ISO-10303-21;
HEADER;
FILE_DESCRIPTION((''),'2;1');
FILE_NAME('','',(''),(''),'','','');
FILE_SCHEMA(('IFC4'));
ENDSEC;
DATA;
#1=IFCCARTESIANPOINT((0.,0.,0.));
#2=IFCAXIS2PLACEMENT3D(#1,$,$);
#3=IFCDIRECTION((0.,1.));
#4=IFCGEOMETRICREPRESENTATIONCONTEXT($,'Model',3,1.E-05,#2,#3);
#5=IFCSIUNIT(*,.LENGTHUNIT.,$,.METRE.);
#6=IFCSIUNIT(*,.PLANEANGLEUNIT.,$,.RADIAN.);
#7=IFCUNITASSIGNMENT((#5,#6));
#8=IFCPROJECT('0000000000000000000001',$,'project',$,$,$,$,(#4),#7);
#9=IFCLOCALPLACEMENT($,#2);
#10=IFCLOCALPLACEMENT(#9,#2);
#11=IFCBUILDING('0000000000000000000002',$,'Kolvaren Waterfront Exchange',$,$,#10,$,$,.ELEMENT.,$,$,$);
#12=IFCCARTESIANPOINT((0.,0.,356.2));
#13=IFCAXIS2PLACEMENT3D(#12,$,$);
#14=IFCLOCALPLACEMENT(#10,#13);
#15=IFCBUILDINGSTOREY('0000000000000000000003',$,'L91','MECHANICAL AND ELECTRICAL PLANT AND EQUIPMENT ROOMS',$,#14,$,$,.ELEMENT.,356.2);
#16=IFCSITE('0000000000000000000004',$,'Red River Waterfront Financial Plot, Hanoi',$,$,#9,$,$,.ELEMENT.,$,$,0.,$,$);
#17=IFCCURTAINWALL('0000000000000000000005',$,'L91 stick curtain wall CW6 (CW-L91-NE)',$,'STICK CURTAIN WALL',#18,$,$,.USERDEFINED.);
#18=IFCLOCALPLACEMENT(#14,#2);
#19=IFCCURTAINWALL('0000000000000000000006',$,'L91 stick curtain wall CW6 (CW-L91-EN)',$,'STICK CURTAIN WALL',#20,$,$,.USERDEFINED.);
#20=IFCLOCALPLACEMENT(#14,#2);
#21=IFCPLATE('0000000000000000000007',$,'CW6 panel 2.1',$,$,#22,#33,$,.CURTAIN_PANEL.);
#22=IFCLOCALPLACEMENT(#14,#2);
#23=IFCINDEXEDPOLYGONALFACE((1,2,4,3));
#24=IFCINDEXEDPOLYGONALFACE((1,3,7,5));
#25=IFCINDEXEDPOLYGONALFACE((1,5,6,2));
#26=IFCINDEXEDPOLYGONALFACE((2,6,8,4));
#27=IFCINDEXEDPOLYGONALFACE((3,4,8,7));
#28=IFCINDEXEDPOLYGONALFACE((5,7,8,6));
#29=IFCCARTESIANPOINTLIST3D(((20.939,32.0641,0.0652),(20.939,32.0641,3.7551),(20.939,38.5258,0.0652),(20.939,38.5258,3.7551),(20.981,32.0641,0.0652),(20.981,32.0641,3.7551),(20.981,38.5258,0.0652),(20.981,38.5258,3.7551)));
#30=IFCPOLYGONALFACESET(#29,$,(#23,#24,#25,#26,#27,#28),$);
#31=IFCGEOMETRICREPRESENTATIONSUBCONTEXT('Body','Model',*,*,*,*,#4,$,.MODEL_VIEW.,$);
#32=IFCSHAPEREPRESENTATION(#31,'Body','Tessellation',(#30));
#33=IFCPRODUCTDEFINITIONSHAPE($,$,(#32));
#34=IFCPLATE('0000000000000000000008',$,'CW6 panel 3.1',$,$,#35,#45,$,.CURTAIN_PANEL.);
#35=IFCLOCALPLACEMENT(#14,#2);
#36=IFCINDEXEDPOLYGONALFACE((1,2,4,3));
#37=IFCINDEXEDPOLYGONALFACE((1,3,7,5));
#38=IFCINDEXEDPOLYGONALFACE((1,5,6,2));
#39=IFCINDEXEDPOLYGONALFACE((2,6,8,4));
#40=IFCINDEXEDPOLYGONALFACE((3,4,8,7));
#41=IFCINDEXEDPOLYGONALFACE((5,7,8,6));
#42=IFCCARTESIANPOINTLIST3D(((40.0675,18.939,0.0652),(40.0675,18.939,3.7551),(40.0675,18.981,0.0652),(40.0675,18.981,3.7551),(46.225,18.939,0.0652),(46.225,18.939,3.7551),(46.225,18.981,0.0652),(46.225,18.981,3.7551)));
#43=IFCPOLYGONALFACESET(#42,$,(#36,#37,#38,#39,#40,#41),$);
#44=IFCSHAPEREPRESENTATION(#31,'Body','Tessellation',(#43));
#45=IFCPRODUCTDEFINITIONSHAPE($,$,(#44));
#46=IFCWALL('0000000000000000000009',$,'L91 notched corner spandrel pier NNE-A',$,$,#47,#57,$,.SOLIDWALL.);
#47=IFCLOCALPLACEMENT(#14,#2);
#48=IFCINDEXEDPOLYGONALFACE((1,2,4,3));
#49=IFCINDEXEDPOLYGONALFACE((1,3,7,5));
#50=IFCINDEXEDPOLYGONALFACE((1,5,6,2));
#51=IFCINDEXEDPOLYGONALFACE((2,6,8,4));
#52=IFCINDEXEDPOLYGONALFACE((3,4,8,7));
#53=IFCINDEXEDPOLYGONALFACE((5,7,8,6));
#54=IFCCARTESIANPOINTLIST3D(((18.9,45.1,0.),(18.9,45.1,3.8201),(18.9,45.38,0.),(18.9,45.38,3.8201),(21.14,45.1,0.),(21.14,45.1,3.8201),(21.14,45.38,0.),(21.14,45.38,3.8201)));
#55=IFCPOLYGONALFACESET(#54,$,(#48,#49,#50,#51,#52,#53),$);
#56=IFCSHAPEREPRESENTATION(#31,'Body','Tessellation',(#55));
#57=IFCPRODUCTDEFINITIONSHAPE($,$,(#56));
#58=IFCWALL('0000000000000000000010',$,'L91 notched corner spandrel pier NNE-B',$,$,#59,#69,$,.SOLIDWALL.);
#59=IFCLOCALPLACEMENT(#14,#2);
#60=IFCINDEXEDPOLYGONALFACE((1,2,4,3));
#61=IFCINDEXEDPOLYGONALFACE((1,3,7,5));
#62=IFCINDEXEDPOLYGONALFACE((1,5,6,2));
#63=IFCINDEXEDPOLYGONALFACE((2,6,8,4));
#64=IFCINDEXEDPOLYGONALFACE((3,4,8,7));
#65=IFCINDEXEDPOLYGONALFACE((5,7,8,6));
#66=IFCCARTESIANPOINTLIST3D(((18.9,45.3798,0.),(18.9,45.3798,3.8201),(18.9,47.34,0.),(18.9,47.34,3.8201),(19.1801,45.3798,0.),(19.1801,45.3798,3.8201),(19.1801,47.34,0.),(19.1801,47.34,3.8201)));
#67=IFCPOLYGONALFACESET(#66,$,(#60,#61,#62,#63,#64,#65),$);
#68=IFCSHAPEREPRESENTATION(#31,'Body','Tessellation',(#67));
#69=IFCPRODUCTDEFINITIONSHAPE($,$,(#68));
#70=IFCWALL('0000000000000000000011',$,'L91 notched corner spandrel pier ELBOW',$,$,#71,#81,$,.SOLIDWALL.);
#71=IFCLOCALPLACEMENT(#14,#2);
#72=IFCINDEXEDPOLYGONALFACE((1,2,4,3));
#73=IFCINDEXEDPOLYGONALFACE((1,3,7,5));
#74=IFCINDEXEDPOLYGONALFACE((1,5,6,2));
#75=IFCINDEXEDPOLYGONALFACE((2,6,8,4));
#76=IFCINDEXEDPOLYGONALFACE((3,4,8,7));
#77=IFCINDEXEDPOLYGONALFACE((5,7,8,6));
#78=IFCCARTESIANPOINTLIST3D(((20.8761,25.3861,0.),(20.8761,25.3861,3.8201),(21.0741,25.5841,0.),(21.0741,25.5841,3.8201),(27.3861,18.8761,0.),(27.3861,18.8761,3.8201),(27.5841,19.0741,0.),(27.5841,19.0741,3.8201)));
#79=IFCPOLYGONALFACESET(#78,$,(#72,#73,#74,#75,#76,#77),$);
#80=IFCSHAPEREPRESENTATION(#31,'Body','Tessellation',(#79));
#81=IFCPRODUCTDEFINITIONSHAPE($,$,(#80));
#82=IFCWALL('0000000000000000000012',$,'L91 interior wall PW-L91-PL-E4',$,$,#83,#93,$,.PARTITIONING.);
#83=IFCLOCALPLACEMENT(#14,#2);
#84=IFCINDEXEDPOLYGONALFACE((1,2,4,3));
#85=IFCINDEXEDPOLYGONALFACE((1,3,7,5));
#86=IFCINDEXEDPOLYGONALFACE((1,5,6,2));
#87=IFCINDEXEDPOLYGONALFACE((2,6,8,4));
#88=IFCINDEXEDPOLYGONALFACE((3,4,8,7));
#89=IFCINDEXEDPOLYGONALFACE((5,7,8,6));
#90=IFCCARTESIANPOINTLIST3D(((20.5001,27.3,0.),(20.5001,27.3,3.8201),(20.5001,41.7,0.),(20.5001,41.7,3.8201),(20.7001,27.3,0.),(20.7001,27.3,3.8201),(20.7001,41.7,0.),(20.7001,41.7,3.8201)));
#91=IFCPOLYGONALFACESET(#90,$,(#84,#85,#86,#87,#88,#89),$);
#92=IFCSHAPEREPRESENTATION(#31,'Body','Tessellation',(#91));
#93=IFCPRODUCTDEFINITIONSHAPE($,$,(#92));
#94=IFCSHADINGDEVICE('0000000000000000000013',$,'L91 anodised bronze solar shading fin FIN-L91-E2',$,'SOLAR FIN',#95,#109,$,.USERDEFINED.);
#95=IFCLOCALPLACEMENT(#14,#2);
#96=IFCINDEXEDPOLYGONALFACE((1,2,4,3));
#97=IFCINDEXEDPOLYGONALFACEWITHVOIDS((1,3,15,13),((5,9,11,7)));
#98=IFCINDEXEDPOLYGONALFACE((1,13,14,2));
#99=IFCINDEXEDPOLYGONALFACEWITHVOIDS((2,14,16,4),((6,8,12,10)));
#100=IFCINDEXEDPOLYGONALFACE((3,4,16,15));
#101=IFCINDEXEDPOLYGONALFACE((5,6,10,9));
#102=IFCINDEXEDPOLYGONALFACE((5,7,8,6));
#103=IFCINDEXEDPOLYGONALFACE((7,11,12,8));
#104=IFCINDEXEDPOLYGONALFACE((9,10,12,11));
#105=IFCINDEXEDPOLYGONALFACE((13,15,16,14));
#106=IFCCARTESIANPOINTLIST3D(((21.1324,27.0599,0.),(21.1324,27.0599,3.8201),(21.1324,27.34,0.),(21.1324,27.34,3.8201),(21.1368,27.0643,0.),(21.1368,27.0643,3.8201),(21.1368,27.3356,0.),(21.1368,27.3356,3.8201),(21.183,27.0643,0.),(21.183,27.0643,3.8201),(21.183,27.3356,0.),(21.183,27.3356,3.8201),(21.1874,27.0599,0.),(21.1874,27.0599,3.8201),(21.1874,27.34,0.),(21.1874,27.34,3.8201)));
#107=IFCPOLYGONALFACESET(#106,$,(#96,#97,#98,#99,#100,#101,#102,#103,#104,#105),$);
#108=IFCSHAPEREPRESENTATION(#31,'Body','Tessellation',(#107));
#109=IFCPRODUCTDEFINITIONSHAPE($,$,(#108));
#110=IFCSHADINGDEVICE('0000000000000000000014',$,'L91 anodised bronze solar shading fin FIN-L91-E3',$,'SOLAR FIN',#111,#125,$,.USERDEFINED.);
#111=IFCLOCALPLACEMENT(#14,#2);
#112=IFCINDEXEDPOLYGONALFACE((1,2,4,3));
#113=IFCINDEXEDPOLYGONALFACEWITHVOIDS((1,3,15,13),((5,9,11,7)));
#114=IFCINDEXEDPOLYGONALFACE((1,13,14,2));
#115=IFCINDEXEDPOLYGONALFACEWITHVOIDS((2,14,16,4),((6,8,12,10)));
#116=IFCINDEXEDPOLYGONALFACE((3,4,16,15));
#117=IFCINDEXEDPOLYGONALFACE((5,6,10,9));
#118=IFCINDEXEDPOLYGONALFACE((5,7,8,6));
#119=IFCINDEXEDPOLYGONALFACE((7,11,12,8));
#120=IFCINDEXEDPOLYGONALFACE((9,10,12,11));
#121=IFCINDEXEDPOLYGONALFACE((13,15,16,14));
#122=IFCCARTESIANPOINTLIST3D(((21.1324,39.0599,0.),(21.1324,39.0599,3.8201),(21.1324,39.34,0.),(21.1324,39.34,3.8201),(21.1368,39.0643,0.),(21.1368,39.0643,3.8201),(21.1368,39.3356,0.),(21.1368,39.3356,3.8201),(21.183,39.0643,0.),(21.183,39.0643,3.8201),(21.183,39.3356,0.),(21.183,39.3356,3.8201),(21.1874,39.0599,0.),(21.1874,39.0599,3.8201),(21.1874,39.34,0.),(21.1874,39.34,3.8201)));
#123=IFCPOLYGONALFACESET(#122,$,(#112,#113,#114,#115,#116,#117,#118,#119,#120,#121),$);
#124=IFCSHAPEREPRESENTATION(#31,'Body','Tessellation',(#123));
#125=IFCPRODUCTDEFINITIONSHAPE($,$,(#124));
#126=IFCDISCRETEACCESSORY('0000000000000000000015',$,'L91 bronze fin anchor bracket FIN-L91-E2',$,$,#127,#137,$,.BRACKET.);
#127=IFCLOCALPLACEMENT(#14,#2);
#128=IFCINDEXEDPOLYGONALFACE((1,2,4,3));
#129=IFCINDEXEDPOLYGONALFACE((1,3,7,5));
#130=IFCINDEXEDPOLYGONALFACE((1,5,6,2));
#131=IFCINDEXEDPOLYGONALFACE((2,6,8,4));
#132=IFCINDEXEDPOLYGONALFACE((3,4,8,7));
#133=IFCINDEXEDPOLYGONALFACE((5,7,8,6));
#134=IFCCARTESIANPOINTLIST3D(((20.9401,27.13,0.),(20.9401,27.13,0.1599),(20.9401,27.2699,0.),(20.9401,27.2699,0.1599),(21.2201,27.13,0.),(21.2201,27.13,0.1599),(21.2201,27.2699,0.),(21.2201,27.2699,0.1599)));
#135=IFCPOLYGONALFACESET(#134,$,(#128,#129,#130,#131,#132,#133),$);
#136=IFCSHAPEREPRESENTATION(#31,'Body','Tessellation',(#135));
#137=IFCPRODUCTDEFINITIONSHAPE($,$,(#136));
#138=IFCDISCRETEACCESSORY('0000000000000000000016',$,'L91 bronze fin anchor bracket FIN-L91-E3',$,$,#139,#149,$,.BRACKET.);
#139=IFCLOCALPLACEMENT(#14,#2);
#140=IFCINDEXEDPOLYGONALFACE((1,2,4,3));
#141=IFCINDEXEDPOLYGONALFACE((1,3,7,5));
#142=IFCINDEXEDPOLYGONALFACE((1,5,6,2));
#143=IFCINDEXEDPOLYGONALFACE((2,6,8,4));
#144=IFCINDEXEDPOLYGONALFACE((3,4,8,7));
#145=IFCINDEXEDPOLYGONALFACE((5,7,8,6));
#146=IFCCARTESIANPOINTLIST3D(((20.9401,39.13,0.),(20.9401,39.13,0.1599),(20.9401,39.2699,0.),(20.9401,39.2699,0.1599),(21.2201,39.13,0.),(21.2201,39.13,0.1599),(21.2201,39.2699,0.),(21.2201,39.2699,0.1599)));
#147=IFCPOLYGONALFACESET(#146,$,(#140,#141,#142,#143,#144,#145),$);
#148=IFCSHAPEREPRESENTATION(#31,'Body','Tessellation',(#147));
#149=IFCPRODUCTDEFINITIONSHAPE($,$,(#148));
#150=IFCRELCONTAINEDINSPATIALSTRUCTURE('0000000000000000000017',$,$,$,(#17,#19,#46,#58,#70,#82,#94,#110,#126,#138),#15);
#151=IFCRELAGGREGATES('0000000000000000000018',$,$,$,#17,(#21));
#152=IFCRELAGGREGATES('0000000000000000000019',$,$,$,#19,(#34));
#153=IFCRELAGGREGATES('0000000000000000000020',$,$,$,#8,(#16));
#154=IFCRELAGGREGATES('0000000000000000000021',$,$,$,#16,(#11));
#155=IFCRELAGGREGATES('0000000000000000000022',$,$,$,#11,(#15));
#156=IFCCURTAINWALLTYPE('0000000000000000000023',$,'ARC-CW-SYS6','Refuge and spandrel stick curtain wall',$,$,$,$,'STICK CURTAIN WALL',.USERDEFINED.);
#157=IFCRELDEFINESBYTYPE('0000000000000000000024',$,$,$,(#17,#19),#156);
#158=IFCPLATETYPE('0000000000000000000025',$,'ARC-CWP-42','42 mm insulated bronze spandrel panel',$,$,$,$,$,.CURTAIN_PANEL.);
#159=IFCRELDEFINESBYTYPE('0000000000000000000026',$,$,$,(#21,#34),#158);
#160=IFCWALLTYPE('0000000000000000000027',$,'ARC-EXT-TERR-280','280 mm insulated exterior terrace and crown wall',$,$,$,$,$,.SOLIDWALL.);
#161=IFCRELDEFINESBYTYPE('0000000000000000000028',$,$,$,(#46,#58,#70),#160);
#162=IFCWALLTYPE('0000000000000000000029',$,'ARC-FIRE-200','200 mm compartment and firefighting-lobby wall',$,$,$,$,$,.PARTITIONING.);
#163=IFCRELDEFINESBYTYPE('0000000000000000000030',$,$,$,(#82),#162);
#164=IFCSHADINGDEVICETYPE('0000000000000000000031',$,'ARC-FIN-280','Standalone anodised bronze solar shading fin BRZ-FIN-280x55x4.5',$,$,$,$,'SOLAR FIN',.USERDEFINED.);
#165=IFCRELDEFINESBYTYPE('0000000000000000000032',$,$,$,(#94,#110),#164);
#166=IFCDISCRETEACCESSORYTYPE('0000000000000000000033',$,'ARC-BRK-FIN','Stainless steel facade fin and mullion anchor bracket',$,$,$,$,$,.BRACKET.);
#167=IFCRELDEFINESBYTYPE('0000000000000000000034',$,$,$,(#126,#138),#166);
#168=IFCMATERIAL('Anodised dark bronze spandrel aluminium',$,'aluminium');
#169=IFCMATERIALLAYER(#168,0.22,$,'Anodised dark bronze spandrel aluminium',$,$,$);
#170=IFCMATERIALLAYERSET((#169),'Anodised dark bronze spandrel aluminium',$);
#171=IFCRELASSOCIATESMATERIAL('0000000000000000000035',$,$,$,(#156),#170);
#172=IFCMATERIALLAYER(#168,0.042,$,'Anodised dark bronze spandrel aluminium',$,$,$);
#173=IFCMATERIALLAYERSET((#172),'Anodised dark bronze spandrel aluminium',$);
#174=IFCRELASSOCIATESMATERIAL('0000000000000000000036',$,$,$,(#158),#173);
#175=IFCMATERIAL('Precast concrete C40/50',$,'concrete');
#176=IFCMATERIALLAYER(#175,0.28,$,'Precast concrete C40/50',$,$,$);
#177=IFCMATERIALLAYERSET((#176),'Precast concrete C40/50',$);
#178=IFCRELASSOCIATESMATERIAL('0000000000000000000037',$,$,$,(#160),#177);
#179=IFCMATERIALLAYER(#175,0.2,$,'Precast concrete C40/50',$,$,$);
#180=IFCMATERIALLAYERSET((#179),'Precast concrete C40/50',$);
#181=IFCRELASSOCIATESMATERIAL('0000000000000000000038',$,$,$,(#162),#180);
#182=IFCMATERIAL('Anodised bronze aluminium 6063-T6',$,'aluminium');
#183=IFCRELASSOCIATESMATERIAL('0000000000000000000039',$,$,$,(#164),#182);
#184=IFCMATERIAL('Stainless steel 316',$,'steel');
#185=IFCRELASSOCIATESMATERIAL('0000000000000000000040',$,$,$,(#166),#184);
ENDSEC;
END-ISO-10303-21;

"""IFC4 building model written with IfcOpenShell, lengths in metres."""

from ifc_helpers import new_model, si_unit, direction, frame, frame_2d, origin, origin_with_axes, origin_2d, place, context, subcontext, project, spatial, rectangle, hollow_rectangle, extrude, source, transform, mapped, material, layer, layer_set, material_profile, profile_set, type_object, element, aggregate, save


model = new_model("IFC4")

# Units and contexts
model_context = context("Model", 3, precision=1e-05, world=origin(), true_north=direction((0.0, 1.0)))
body_context = subcontext(model_context, "Body", "Model", "MODEL_VIEW")
ifc_project = project(units=[si_unit("LENGTHUNIT", "METRE"), si_unit("PLANEANGLEUNIT", "RADIAN")], contexts=[model_context])

# Site, building, storey
site_placement = place(None, origin())
site = spatial("IfcSite", under=ifc_project, at=site_placement, Name="Red River Waterfront Financial Plot, Hanoi", CompositionType="ELEMENT", RefElevation=0.0)
building_placement = place(site_placement, origin())
building = spatial("IfcBuilding", under=site, at=building_placement, Name="Kolvaren Waterfront Exchange", CompositionType="ELEMENT")
storey_placement = place(building_placement, frame((0.0, 0.0, 356.2)))
storey = spatial("IfcBuildingStorey", under=building, at=storey_placement, Name="L91", Description="MECHANICAL AND ELECTRICAL PLANT AND EQUIPMENT ROOMS", CompositionType="ELEMENT", Elevation=356.2)

# Curtain wall
ifc_material_1 = material(Name="Anodised dark bronze spandrel aluminium", Category="aluminium")
ifc_layer_1 = layer(ifc_material_1, 0.22, Name="Anodised dark bronze spandrel aluminium")
ifc_layer_set_1 = layer_set([ifc_layer_1], Name="Anodised dark bronze spandrel aluminium")
curtain_wall_type = type_object("IfcCurtainWallType", Name="ARC-CW-SYS6", Description="Refuge and spandrel stick curtain wall", ElementType="STICK CURTAIN WALL", PredefinedType="USERDEFINED", material=ifc_layer_set_1)
curtain_wall_1_placement = place(storey_placement, origin())
curtain_wall_1 = element("IfcCurtainWall", 1, at=curtain_wall_1_placement, inside=storey, type_object=curtain_wall_type, Name="L91 stick curtain wall CW6 (CW-L91-NE)", ObjectType="STICK CURTAIN WALL", PredefinedType="USERDEFINED")
ifc_material_2 = material(Name="Anodised bronze aluminium 6063-T6", Category="aluminium")

# Curtain wall
curtain_wall_2_placement = place(storey_placement, origin())
curtain_wall_2 = element("IfcCurtainWall", 2, at=curtain_wall_2_placement, inside=storey, type_object=curtain_wall_type, Name="L91 stick curtain wall CW6 (CW-L91-EN)", ObjectType="STICK CURTAIN WALL", PredefinedType="USERDEFINED")

# Plates
ifc_layer_2 = layer(ifc_material_1, 0.042, Name="Anodised dark bronze spandrel aluminium")
ifc_layer_set_2 = layer_set([ifc_layer_2], Name="Anodised dark bronze spandrel aluminium")
plate_type = type_object("IfcPlateType", Name="ARC-CWP-42", Description="42 mm insulated bronze spandrel panel", PredefinedType="CURTAIN_PANEL", material=ifc_layer_set_2)
shared_shape_1 = source(origin_with_axes(), body_context, "Body", "SweptSolid", [
    extrude(rectangle(XDim=6.4617, YDim=0.042, at=origin_2d()), origin(), (0.0, 0.0, 1.0), 3.6899),
])
plate_1_placement = place(storey_placement, frame((20.96, 35.2949, 0.0652), z_axis=(0.0, 0.0, 1.0), x_axis=(0.0, 1.0, 0.0)))
plate_1 = element("IfcPlate", 3, at=plate_1_placement, type_object=plate_type, Name="CW6 panel 2.1", PredefinedType="CURTAIN_PANEL", context=body_context, shape_type="MappedRepresentation", body=[
    mapped(shared_shape_1, transform((0.0, 0.0, 0.0), x_axis=(1.0, 0.0, 0.0), y_axis=(0.0, 1.0, 0.0), z_axis=(0.0, 0.0, 1.0), scale=1.0)),
])
aggregate(curtain_wall_1, [plate_1])
shared_shape_2 = source(origin_with_axes(), body_context, "Body", "SweptSolid", [
    extrude(rectangle(XDim=6.1575, YDim=0.042, at=origin_2d()), origin(), (0.0, 0.0, 1.0), 3.6899),
])
plate_2_placement = place(storey_placement, frame((43.1462, 18.96, 0.0652), z_axis=(0.0, 0.0, 1.0), x_axis=(1.0, 0.0, 0.0)))
plate_2 = element("IfcPlate", 4, at=plate_2_placement, type_object=plate_type, Name="CW6 panel 3.1", PredefinedType="CURTAIN_PANEL", context=body_context, shape_type="MappedRepresentation", body=[
    mapped(shared_shape_2, transform((0.0, 0.0, 0.0), x_axis=(1.0, 0.0, 0.0), y_axis=(0.0, 1.0, 0.0), z_axis=(0.0, 0.0, 1.0), scale=1.0)),
])
aggregate(curtain_wall_2, [plate_2])

# Walls
ifc_material_3 = material(Name="Precast concrete C40/50", Category="concrete")
ifc_layer_3 = layer(ifc_material_3, 0.28, Name="Precast concrete C40/50")
ifc_layer_set_3 = layer_set([ifc_layer_3], Name="Precast concrete C40/50")
wall_type_1 = type_object("IfcWallType", Name="ARC-EXT-TERR-280", Description="280 mm insulated exterior terrace and crown wall", PredefinedType="SOLIDWALL", material=ifc_layer_set_3)
wall_1_placement = place(storey_placement, frame((18.8999, 45.24, 0.0), z_axis=(0.0, 0.0, 1.0), x_axis=(1.0, 0.0, 0.0)))
element("IfcWall", 5, at=wall_1_placement, inside=storey, type_object=wall_type_1, Name="L91 notched corner spandrel pier NNE-A", PredefinedType="SOLIDWALL", context=body_context, shape_type="SweptSolid", body=[
    extrude(rectangle(XDim=2.24, YDim=0.28, at=frame_2d((1.1201, 0.0))), origin(), (0.0, 0.0, 1.0), 3.8201),
])
wall_2_placement = place(storey_placement, frame((19.04, 45.3799, 0.0), z_axis=(0.0, 0.0, 1.0), x_axis=(0.0, 1.0, 0.0)))
element("IfcWall", 6, at=wall_2_placement, inside=storey, type_object=wall_type_1, Name="L91 notched corner spandrel pier NNE-B", PredefinedType="SOLIDWALL", context=body_context, shape_type="SweptSolid", body=[
    extrude(rectangle(XDim=1.9602, YDim=0.28, at=frame_2d((0.98, 0.0))), origin(), (0.0, 0.0, 1.0), 3.8201),
])
wall_3_placement = place(storey_placement, frame((27.4851, 18.9751, 0.0), z_axis=(0.0, 0.0, 1.0), x_axis=(-0.707107, 0.707107, 0.0)))
element("IfcWall", 7, at=wall_3_placement, inside=storey, type_object=wall_type_1, Name="L91 notched corner spandrel pier ELBOW", PredefinedType="SOLIDWALL", context=body_context, shape_type="SweptSolid", body=[
    extrude(rectangle(XDim=9.2065, YDim=0.28, at=frame_2d((4.6033, 0.0))), origin(), (0.0, 0.0, 1.0), 3.8201),
])
ifc_layer_4 = layer(ifc_material_3, 0.2, Name="Precast concrete C40/50")
ifc_layer_set_4 = layer_set([ifc_layer_4], Name="Precast concrete C40/50")
wall_type_2 = type_object("IfcWallType", Name="ARC-FIRE-200", Description="200 mm compartment and firefighting-lobby wall", PredefinedType="PARTITIONING", material=ifc_layer_set_4)
wall_4_placement = place(storey_placement, frame((20.6001, 27.3, 0.0), z_axis=(0.0, 0.0, 1.0), x_axis=(0.0, 1.0, 0.0)))
element("IfcWall", 8, at=wall_4_placement, inside=storey, type_object=wall_type_2, Name="L91 interior wall PW-L91-PL-E4", PredefinedType="PARTITIONING", context=body_context, shape_type="SweptSolid", body=[
    extrude(rectangle(XDim=14.3999, YDim=0.2, at=frame_2d((7.2, 0.0))), origin(), (0.0, 0.0, 1.0), 3.8201),
])

# Shading devices
ifc_material_profile_1 = material_profile(ifc_material_2, hollow_rectangle(XDim=0.0549, YDim=0.28, WallThickness=0.0044, at=origin_2d()), Name="BRZ-FIN-280x55x4.5")
ifc_profile_set_1 = profile_set([ifc_material_profile_1], Name="Anodised bronze aluminium 6063-T6")
shading_device_type = type_object("IfcShadingDeviceType", Name="ARC-FIN-280", Description="Standalone anodised bronze solar shading fin BRZ-FIN-280x55x4.5", ElementType="SOLAR FIN", PredefinedType="USERDEFINED", material=ifc_profile_set_1)
for number, where, z_axis, x_axis, name in (
    (9, (21.1599, 27.2, 0.0), (0.0, 0.0, 1.0), (1.0, 0.0, 0.0), "L91 anodised bronze solar shading fin FIN-L91-E2"),
    (10, (21.1599, 39.2, 0.0), (0.0, 0.0, 1.0), (1.0, 0.0, 0.0), "L91 anodised bronze solar shading fin FIN-L91-E3"),
):
    element("IfcShadingDevice", number, at=place(storey_placement, frame(where, z_axis=z_axis, x_axis=x_axis)), inside=storey, type_object=shading_device_type, Name=name, ObjectType="SOLAR FIN", PredefinedType="USERDEFINED", context=body_context, shape_type="SweptSolid", body=[
        extrude(hollow_rectangle(XDim=0.0549, YDim=0.28, WallThickness=0.0044, at=origin_2d()), origin(), (0.0, 0.0, 1.0), 3.8201),
    ])

# Discrete accessories
ifc_material_4 = material(Name="Stainless steel 316", Category="steel")
discrete_accessory_type = type_object("IfcDiscreteAccessoryType", Name="ARC-BRK-FIN", Description="Stainless steel facade fin and mullion anchor bracket", PredefinedType="BRACKET", material=ifc_material_4)
shared_shape_3 = source(origin_with_axes(), body_context, "Body", "SweptSolid", [
    extrude(rectangle(XDim=0.28, YDim=0.1399, at=origin_2d()), origin(), (0.0, 0.0, 1.0), 0.1599),
])
for number, where, z_axis, x_axis, name in (
    (11, (21.0801, 27.2, 0.0), (0.0, 0.0, 1.0), (1.0, 0.0, 0.0), "L91 bronze fin anchor bracket FIN-L91-E2"),
    (12, (21.0801, 39.2, 0.0), (0.0, 0.0, 1.0), (1.0, 0.0, 0.0), "L91 bronze fin anchor bracket FIN-L91-E3"),
):
    element("IfcDiscreteAccessory", number, at=place(storey_placement, frame(where, z_axis=z_axis, x_axis=x_axis)), inside=storey, type_object=discrete_accessory_type, Name=name, PredefinedType="BRACKET", context=body_context, shape_type="MappedRepresentation", body=[
        mapped(shared_shape_3, transform((0.0, 0.0, 0.0), x_axis=(1.0, 0.0, 0.0), y_axis=(0.0, 1.0, 0.0), z_axis=(0.0, 0.0, 1.0), scale=1.0)),
    ])

save(model, "model.ifc")
